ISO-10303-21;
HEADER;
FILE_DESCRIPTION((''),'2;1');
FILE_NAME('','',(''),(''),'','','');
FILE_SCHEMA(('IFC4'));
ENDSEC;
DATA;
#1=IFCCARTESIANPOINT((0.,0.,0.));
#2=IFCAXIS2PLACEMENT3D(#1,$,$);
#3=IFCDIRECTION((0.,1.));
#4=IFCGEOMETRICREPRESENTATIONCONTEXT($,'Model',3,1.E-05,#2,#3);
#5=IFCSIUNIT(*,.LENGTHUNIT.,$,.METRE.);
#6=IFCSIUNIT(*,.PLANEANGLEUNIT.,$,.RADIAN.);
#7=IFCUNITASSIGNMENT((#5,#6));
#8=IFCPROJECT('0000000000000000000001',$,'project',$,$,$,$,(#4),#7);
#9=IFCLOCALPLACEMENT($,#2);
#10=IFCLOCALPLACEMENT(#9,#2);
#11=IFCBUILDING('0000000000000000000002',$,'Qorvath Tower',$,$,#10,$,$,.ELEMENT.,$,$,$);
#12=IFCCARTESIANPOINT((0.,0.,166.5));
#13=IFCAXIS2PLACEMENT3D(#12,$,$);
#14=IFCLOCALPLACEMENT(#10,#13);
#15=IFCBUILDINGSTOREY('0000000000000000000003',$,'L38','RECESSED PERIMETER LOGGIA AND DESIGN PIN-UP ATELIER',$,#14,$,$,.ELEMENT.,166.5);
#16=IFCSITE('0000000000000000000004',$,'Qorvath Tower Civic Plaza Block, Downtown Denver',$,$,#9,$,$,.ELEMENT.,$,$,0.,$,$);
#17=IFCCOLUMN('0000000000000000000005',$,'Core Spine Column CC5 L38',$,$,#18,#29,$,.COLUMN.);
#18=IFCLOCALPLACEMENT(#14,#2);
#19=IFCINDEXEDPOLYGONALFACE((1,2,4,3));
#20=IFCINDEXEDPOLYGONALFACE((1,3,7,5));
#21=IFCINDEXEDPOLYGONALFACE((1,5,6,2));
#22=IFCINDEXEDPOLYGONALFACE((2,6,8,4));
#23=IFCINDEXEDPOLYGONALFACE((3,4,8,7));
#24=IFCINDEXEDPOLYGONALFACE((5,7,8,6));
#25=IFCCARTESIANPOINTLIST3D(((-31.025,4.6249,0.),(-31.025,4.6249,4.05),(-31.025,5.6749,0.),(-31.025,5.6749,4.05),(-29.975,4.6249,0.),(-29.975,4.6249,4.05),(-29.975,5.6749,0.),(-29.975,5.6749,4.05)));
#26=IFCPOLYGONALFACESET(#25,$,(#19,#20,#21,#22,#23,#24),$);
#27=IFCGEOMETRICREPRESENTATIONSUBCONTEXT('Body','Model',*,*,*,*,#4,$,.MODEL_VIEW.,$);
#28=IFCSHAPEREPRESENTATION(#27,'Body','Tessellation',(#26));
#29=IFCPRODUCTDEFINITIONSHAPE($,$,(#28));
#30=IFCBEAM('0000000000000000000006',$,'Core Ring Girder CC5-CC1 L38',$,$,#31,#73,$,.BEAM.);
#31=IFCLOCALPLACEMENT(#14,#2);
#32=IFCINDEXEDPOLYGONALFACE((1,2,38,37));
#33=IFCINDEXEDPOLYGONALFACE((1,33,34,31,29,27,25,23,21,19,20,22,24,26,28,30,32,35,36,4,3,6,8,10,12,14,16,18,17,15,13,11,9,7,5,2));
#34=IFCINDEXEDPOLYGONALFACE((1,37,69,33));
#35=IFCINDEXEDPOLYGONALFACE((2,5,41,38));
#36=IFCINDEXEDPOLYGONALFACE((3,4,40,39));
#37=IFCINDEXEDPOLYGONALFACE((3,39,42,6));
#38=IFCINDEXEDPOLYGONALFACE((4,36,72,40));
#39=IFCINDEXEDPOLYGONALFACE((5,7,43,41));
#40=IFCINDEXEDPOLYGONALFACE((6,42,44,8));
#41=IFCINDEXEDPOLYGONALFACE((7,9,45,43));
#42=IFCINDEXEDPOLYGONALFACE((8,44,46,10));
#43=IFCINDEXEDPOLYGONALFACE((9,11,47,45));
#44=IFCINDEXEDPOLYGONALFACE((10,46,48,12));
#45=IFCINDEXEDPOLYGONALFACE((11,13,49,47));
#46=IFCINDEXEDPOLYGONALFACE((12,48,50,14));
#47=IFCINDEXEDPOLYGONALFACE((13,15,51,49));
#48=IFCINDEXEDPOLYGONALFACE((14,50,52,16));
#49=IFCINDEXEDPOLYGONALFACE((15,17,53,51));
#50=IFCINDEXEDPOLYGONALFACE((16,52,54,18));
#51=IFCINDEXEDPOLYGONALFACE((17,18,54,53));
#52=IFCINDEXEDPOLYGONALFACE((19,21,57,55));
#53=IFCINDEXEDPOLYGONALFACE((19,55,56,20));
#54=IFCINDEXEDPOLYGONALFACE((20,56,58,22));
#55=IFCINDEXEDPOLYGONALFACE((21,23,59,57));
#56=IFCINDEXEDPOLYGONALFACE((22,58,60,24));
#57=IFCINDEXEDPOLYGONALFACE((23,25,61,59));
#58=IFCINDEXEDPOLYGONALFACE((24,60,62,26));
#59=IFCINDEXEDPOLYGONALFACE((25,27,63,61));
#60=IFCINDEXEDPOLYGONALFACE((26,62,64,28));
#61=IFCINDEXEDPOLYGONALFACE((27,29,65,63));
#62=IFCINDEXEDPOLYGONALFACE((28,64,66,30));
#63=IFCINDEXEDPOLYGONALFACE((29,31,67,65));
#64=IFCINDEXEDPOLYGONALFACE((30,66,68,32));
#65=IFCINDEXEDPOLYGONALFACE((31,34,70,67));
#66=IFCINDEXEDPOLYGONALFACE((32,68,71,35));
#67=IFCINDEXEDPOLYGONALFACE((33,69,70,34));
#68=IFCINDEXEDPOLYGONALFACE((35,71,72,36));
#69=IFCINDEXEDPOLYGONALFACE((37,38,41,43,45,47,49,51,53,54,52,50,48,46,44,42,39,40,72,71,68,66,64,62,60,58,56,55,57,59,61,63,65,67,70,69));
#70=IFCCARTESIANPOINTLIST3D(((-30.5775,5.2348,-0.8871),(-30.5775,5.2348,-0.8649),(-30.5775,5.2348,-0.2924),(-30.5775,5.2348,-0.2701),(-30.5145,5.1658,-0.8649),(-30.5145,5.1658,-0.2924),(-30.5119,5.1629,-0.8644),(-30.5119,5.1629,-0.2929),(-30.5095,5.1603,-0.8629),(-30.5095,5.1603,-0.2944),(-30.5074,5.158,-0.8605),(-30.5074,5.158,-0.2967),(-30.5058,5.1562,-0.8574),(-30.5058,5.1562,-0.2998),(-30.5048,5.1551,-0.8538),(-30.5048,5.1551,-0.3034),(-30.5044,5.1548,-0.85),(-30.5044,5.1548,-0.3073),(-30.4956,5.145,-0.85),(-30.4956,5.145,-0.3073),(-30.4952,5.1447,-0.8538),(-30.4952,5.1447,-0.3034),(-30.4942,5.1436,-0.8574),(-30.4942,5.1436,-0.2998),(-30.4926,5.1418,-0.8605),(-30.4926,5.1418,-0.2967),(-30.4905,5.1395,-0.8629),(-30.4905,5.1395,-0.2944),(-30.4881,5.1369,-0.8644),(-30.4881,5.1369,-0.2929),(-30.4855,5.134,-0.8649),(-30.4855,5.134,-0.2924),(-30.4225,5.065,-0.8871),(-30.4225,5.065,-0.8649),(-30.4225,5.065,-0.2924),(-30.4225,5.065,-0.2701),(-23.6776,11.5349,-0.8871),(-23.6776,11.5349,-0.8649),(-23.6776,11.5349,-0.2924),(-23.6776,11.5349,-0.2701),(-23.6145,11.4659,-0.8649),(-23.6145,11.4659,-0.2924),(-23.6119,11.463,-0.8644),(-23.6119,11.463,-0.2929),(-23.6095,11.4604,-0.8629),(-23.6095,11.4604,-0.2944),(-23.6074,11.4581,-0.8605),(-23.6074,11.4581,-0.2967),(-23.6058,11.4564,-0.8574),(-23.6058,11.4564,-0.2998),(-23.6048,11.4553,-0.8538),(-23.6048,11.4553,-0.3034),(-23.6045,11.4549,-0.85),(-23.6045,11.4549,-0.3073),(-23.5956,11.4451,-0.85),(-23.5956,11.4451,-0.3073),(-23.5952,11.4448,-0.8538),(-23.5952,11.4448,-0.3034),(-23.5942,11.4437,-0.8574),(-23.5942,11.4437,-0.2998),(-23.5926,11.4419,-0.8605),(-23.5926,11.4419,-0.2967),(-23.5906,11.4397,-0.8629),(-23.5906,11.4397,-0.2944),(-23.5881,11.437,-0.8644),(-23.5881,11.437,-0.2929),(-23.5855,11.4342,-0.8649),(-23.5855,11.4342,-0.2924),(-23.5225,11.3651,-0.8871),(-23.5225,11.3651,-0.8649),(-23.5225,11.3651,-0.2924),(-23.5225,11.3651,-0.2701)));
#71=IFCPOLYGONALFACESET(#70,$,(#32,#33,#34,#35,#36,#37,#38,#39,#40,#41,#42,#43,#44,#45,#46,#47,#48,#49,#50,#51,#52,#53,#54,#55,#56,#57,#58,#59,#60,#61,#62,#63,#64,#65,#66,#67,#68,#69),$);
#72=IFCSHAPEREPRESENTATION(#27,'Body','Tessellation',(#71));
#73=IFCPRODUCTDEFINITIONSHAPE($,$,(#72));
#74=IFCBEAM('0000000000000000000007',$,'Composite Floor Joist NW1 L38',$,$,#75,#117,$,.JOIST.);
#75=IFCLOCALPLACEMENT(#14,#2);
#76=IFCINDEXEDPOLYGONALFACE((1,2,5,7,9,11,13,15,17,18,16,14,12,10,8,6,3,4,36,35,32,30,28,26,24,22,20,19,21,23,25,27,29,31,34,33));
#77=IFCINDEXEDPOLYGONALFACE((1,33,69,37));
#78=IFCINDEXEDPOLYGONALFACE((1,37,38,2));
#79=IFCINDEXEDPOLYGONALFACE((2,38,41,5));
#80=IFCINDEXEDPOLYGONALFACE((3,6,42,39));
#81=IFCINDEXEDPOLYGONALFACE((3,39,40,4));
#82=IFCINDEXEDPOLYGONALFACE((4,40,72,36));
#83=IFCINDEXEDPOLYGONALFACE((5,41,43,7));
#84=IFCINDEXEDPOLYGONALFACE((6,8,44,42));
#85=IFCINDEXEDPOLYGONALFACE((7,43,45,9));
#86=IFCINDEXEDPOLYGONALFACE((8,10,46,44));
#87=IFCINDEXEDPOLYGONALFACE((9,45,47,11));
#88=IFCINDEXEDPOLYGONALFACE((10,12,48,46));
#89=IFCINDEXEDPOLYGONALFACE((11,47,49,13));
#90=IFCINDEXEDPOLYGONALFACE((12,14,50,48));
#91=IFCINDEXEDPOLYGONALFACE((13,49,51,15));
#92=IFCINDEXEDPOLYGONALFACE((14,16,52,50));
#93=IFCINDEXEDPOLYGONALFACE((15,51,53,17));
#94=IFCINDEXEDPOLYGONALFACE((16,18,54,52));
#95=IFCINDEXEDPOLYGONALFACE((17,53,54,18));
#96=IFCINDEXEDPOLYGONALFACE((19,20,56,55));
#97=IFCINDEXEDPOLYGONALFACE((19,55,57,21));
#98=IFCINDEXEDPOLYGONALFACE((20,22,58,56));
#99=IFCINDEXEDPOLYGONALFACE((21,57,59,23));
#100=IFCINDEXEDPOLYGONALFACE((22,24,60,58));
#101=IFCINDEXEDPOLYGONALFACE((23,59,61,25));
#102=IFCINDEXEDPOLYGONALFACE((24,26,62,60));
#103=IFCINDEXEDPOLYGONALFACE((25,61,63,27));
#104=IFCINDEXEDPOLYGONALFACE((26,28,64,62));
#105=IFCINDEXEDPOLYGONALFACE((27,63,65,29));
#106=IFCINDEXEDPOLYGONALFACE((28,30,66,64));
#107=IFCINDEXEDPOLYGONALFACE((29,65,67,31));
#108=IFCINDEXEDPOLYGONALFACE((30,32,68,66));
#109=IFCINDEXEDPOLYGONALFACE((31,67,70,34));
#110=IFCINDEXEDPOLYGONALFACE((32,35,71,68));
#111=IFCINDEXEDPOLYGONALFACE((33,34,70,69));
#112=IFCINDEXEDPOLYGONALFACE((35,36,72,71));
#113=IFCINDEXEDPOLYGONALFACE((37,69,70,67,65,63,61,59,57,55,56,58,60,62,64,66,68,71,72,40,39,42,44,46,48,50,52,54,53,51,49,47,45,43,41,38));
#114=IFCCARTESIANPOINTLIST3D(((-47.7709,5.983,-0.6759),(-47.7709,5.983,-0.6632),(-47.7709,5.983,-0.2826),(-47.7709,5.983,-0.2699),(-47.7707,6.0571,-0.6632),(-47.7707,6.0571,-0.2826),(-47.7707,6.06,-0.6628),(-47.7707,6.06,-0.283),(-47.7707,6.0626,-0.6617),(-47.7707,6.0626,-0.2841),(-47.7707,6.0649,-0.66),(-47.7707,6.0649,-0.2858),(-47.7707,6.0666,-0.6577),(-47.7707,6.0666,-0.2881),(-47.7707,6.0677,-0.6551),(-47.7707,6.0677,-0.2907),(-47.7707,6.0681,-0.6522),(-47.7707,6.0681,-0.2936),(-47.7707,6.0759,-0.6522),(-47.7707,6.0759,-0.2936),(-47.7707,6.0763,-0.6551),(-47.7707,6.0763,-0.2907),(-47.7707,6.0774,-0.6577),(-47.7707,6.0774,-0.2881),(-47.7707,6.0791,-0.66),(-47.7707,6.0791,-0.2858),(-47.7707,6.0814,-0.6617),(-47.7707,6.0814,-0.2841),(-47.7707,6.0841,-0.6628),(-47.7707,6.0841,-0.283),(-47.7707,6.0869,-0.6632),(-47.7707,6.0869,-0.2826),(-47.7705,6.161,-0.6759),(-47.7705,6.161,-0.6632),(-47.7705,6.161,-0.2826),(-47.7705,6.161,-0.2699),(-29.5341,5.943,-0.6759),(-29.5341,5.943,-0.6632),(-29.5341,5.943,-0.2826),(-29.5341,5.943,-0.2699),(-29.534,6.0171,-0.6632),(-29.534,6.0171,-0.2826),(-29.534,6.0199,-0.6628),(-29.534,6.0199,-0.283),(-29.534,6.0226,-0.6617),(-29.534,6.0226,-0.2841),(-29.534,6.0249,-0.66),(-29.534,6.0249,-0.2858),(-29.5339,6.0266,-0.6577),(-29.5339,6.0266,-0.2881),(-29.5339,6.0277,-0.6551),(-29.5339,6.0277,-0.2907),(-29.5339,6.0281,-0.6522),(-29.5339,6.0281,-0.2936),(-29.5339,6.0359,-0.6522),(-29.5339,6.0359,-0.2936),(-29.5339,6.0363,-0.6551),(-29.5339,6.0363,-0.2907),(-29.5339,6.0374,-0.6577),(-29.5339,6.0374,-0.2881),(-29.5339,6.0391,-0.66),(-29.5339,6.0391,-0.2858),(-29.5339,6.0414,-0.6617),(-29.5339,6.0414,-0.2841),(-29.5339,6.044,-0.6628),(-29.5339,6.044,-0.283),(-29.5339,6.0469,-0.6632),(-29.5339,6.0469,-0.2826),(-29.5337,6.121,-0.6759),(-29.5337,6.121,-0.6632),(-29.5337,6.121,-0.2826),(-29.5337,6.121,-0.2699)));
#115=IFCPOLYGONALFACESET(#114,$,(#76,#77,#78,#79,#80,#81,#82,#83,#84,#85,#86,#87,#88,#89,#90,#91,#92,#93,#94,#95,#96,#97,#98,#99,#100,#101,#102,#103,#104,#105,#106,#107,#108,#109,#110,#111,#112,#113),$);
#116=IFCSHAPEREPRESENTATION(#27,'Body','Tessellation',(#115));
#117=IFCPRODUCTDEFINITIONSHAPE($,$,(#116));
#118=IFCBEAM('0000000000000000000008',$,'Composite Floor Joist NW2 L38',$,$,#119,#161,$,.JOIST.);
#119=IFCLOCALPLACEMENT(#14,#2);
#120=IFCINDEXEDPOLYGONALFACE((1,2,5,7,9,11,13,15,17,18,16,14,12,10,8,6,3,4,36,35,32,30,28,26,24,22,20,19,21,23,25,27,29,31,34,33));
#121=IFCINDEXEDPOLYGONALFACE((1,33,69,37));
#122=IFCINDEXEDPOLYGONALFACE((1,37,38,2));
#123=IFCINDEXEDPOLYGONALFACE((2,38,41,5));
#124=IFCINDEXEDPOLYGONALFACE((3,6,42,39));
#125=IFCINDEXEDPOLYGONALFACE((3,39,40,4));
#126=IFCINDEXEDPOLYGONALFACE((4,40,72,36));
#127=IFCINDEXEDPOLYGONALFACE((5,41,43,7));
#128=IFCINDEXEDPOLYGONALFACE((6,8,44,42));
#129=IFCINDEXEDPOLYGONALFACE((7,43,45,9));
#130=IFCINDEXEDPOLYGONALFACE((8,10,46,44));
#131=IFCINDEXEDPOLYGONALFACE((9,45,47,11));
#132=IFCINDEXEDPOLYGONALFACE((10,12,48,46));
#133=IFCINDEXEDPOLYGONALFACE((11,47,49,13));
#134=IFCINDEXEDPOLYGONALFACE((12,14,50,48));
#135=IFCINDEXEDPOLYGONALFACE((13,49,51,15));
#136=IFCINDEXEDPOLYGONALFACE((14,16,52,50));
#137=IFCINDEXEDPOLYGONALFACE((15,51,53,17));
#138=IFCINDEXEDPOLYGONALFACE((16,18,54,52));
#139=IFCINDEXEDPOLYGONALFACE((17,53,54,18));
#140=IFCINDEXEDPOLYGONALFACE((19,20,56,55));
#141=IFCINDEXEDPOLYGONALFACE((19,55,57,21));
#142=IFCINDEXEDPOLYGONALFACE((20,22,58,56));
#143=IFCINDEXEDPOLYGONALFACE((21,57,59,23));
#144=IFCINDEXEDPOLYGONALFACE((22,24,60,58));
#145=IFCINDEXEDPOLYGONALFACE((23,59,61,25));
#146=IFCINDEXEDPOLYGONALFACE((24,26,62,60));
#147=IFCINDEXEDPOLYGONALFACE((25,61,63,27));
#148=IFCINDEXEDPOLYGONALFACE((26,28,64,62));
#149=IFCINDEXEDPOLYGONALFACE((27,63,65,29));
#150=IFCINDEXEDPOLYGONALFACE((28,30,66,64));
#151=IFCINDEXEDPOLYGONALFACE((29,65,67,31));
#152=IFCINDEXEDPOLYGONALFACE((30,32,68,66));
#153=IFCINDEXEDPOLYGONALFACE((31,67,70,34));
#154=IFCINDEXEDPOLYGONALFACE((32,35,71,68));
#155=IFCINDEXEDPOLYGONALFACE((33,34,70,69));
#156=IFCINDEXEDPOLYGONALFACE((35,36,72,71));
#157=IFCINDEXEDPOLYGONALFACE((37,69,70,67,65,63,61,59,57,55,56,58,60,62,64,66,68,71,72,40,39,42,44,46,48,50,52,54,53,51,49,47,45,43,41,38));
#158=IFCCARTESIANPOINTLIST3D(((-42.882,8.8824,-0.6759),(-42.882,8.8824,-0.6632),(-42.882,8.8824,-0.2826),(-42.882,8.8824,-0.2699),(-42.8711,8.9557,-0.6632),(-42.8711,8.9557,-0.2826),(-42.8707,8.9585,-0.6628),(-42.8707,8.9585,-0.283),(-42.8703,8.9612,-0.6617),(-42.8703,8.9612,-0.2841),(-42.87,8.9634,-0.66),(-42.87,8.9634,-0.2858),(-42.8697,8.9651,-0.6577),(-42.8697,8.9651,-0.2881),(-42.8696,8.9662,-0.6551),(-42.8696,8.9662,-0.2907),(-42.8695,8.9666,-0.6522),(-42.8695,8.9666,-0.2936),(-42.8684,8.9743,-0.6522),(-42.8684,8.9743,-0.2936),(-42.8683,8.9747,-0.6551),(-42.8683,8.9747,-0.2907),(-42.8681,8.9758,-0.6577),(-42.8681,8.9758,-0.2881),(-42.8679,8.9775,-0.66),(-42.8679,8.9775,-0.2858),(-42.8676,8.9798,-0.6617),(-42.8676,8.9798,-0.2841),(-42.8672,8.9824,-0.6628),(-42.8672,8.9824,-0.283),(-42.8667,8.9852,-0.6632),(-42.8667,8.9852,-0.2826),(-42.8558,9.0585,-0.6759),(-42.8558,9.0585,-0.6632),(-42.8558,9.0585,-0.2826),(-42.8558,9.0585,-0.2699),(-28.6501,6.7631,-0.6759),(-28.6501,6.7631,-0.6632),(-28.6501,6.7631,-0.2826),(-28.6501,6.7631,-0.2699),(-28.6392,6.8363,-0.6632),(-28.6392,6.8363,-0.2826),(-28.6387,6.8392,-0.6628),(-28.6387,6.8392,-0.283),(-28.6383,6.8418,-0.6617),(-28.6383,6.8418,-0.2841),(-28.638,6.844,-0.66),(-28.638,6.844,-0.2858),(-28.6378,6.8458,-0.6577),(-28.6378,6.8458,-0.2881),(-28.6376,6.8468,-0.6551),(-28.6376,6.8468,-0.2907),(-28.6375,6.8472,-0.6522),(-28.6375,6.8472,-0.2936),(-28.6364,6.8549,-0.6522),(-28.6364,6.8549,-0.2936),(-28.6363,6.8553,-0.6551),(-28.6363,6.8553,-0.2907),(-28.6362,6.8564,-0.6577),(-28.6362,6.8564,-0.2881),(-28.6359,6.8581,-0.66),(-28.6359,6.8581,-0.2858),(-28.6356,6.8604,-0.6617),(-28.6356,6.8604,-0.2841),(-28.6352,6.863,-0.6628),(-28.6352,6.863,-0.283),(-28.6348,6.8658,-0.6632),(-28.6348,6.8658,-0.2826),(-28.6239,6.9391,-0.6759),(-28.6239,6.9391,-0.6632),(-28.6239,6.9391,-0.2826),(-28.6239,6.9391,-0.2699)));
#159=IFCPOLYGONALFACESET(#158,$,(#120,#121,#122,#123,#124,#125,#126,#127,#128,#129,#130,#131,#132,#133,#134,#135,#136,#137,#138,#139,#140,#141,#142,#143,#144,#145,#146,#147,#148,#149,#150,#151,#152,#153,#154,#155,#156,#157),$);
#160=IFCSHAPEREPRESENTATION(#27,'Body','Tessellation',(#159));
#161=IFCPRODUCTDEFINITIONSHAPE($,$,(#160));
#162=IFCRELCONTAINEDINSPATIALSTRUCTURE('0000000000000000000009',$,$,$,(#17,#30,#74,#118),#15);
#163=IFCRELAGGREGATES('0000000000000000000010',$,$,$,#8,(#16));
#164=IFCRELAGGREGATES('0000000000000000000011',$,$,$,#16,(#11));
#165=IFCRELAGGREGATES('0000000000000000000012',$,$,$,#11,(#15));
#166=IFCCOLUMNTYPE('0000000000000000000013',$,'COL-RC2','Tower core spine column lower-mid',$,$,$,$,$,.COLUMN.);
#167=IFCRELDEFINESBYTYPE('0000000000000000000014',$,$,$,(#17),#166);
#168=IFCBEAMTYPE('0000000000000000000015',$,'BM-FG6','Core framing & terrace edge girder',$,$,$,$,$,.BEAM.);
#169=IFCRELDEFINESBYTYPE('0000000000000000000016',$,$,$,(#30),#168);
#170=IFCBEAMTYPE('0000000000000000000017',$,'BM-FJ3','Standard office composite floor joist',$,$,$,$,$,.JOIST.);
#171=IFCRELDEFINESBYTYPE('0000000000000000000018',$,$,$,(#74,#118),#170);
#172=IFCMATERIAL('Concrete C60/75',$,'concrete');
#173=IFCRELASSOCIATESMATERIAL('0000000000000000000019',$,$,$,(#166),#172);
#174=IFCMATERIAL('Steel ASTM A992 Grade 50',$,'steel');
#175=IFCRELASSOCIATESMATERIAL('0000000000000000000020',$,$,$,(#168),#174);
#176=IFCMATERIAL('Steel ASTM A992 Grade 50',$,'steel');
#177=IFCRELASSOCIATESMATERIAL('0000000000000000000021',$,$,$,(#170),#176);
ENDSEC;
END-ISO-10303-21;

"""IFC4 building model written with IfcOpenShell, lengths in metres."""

from ifc_helpers import new_model, si_unit, direction, frame, origin, origin_2d, place, context, subcontext, project, spatial, rectangle, i_section, extrude, material, material_profile, profile_set, type_object, element, save


model = new_model("IFC4")

# Units and contexts
model_context = context("Model", 3, precision=1e-05, world=origin(), true_north=direction((0.0, 1.0)))
body_context = subcontext(model_context, "Body", "Model", "MODEL_VIEW")
ifc_project = project(units=[si_unit("LENGTHUNIT", "METRE"), si_unit("PLANEANGLEUNIT", "RADIAN")], contexts=[model_context])

# Site, building, storey
site_placement = place(None, origin())
site = spatial("IfcSite", under=ifc_project, at=site_placement, Name="Qorvath Tower Civic Plaza Block, Downtown Denver", CompositionType="ELEMENT", RefElevation=0.0)
building_placement = place(site_placement, origin())
building = spatial("IfcBuilding", under=site, at=building_placement, Name="Qorvath Tower", CompositionType="ELEMENT")
storey_placement = place(building_placement, frame((0.0, 0.0, 166.5)))
storey = spatial("IfcBuildingStorey", under=building, at=storey_placement, Name="L38", Description="RECESSED PERIMETER LOGGIA AND DESIGN PIN-UP ATELIER", CompositionType="ELEMENT", Elevation=166.5)

# Column
ifc_material_1 = material(Name="Concrete C60/75", Category="concrete")
ifc_material_profile_1 = material_profile(ifc_material_1, rectangle(XDim=1.05, YDim=1.05, at=origin_2d()), Name="RC 1050x1050")
ifc_profile_set_1 = profile_set([ifc_material_profile_1], Name="Concrete C60/75")
column_type = type_object("IfcColumnType", Name="COL-RC2", Description="Tower core spine column lower-mid", PredefinedType="COLUMN", material=ifc_profile_set_1)
column_placement = place(storey_placement, frame((-30.5, 5.1499, 0.0), z_axis=(0.0, 0.0, 1.0), x_axis=(1.0, 0.0, 0.0)))
element("IfcColumn", 1, at=column_placement, inside=storey, type_object=column_type, Name="Core Spine Column CC5 L38", PredefinedType="COLUMN", context=body_context, shape_type="SweptSolid", body=[
    extrude(rectangle(XDim=1.05, YDim=1.05, at=origin_2d()), origin(), (0.0, 0.0, 1.0), 4.05),
])

# Beams
ifc_material_2 = material(Name="Steel ASTM A992 Grade 50", Category="steel")
ifc_material_profile_2 = material_profile(ifc_material_2, i_section(OverallWidth=0.23, OverallDepth=0.6169, WebThickness=0.0132, FlangeThickness=0.0222, FilletRadius=0.0149, at=origin_2d()), Name="W24x94")
ifc_profile_set_2 = profile_set([ifc_material_profile_2], Name="Steel ASTM A992 Grade 50")
beam_type_1 = type_object("IfcBeamType", Name="BM-FG6", Description="Core framing & terrace edge girder", PredefinedType="BEAM", material=ifc_profile_set_2)
beam_1_placement = place(storey_placement, frame((-30.5, 5.1499, -0.5786), z_axis=(0.738478, 0.674277, 0.0), x_axis=(-0.674277, 0.738478, 0.0)))
element("IfcBeam", 2, at=beam_1_placement, inside=storey, type_object=beam_type_1, Name="Core Ring Girder CC5-CC1 L38", PredefinedType="BEAM", context=body_context, shape_type="SweptSolid", body=[
    extrude(i_section(OverallWidth=0.23, OverallDepth=0.6169, WebThickness=0.0132, FlangeThickness=0.0222, FilletRadius=0.0149, at=origin_2d()), origin(), (0.0, 0.0, 1.0), 9.3435),
])
ifc_material_3 = material(Name="Steel ASTM A992 Grade 50", Category="steel")
ifc_material_profile_3 = material_profile(ifc_material_3, i_section(OverallWidth=0.178, OverallDepth=0.406, WebThickness=0.0078, FlangeThickness=0.0127, FilletRadius=0.011, at=origin_2d()), Name="W16x40")
ifc_profile_set_3 = profile_set([ifc_material_profile_3], Name="Steel ASTM A992 Grade 50")
beam_type_2 = type_object("IfcBeamType", Name="BM-FJ3", Description="Standard office composite floor joist", PredefinedType="JOIST", material=ifc_profile_set_3)
beam_2_placement = place(storey_placement, frame((-29.5339, 6.032, -0.4729), z_axis=(-0.999998, 0.002196, 0.0), x_axis=(-0.002196, -0.999998, 0.0)))
element("IfcBeam", 3, at=beam_2_placement, inside=storey, type_object=beam_type_2, Name="Composite Floor Joist NW1 L38", PredefinedType="JOIST", context=body_context, shape_type="SweptSolid", body=[
    extrude(i_section(OverallWidth=0.178, OverallDepth=0.406, WebThickness=0.0078, FlangeThickness=0.0127, FilletRadius=0.011, at=origin_2d()), origin(), (0.0, 0.0, 1.0), 18.2368),
])
beam_3_placement = place(storey_placement, frame((-28.637, 6.8511, -0.4729), z_axis=(-0.989093, 0.147293, 0.0), x_axis=(-0.147293, -0.989093, 0.0)))
element("IfcBeam", 4, at=beam_3_placement, inside=storey, type_object=beam_type_2, Name="Composite Floor Joist NW2 L38", PredefinedType="JOIST", context=body_context, shape_type="SweptSolid", body=[
    extrude(i_section(OverallWidth=0.178, OverallDepth=0.406, WebThickness=0.0078, FlangeThickness=0.0127, FilletRadius=0.011, at=origin_2d()), origin(), (0.0, 0.0, 1.0), 14.3889),
])

save(model, "model.ifc")
